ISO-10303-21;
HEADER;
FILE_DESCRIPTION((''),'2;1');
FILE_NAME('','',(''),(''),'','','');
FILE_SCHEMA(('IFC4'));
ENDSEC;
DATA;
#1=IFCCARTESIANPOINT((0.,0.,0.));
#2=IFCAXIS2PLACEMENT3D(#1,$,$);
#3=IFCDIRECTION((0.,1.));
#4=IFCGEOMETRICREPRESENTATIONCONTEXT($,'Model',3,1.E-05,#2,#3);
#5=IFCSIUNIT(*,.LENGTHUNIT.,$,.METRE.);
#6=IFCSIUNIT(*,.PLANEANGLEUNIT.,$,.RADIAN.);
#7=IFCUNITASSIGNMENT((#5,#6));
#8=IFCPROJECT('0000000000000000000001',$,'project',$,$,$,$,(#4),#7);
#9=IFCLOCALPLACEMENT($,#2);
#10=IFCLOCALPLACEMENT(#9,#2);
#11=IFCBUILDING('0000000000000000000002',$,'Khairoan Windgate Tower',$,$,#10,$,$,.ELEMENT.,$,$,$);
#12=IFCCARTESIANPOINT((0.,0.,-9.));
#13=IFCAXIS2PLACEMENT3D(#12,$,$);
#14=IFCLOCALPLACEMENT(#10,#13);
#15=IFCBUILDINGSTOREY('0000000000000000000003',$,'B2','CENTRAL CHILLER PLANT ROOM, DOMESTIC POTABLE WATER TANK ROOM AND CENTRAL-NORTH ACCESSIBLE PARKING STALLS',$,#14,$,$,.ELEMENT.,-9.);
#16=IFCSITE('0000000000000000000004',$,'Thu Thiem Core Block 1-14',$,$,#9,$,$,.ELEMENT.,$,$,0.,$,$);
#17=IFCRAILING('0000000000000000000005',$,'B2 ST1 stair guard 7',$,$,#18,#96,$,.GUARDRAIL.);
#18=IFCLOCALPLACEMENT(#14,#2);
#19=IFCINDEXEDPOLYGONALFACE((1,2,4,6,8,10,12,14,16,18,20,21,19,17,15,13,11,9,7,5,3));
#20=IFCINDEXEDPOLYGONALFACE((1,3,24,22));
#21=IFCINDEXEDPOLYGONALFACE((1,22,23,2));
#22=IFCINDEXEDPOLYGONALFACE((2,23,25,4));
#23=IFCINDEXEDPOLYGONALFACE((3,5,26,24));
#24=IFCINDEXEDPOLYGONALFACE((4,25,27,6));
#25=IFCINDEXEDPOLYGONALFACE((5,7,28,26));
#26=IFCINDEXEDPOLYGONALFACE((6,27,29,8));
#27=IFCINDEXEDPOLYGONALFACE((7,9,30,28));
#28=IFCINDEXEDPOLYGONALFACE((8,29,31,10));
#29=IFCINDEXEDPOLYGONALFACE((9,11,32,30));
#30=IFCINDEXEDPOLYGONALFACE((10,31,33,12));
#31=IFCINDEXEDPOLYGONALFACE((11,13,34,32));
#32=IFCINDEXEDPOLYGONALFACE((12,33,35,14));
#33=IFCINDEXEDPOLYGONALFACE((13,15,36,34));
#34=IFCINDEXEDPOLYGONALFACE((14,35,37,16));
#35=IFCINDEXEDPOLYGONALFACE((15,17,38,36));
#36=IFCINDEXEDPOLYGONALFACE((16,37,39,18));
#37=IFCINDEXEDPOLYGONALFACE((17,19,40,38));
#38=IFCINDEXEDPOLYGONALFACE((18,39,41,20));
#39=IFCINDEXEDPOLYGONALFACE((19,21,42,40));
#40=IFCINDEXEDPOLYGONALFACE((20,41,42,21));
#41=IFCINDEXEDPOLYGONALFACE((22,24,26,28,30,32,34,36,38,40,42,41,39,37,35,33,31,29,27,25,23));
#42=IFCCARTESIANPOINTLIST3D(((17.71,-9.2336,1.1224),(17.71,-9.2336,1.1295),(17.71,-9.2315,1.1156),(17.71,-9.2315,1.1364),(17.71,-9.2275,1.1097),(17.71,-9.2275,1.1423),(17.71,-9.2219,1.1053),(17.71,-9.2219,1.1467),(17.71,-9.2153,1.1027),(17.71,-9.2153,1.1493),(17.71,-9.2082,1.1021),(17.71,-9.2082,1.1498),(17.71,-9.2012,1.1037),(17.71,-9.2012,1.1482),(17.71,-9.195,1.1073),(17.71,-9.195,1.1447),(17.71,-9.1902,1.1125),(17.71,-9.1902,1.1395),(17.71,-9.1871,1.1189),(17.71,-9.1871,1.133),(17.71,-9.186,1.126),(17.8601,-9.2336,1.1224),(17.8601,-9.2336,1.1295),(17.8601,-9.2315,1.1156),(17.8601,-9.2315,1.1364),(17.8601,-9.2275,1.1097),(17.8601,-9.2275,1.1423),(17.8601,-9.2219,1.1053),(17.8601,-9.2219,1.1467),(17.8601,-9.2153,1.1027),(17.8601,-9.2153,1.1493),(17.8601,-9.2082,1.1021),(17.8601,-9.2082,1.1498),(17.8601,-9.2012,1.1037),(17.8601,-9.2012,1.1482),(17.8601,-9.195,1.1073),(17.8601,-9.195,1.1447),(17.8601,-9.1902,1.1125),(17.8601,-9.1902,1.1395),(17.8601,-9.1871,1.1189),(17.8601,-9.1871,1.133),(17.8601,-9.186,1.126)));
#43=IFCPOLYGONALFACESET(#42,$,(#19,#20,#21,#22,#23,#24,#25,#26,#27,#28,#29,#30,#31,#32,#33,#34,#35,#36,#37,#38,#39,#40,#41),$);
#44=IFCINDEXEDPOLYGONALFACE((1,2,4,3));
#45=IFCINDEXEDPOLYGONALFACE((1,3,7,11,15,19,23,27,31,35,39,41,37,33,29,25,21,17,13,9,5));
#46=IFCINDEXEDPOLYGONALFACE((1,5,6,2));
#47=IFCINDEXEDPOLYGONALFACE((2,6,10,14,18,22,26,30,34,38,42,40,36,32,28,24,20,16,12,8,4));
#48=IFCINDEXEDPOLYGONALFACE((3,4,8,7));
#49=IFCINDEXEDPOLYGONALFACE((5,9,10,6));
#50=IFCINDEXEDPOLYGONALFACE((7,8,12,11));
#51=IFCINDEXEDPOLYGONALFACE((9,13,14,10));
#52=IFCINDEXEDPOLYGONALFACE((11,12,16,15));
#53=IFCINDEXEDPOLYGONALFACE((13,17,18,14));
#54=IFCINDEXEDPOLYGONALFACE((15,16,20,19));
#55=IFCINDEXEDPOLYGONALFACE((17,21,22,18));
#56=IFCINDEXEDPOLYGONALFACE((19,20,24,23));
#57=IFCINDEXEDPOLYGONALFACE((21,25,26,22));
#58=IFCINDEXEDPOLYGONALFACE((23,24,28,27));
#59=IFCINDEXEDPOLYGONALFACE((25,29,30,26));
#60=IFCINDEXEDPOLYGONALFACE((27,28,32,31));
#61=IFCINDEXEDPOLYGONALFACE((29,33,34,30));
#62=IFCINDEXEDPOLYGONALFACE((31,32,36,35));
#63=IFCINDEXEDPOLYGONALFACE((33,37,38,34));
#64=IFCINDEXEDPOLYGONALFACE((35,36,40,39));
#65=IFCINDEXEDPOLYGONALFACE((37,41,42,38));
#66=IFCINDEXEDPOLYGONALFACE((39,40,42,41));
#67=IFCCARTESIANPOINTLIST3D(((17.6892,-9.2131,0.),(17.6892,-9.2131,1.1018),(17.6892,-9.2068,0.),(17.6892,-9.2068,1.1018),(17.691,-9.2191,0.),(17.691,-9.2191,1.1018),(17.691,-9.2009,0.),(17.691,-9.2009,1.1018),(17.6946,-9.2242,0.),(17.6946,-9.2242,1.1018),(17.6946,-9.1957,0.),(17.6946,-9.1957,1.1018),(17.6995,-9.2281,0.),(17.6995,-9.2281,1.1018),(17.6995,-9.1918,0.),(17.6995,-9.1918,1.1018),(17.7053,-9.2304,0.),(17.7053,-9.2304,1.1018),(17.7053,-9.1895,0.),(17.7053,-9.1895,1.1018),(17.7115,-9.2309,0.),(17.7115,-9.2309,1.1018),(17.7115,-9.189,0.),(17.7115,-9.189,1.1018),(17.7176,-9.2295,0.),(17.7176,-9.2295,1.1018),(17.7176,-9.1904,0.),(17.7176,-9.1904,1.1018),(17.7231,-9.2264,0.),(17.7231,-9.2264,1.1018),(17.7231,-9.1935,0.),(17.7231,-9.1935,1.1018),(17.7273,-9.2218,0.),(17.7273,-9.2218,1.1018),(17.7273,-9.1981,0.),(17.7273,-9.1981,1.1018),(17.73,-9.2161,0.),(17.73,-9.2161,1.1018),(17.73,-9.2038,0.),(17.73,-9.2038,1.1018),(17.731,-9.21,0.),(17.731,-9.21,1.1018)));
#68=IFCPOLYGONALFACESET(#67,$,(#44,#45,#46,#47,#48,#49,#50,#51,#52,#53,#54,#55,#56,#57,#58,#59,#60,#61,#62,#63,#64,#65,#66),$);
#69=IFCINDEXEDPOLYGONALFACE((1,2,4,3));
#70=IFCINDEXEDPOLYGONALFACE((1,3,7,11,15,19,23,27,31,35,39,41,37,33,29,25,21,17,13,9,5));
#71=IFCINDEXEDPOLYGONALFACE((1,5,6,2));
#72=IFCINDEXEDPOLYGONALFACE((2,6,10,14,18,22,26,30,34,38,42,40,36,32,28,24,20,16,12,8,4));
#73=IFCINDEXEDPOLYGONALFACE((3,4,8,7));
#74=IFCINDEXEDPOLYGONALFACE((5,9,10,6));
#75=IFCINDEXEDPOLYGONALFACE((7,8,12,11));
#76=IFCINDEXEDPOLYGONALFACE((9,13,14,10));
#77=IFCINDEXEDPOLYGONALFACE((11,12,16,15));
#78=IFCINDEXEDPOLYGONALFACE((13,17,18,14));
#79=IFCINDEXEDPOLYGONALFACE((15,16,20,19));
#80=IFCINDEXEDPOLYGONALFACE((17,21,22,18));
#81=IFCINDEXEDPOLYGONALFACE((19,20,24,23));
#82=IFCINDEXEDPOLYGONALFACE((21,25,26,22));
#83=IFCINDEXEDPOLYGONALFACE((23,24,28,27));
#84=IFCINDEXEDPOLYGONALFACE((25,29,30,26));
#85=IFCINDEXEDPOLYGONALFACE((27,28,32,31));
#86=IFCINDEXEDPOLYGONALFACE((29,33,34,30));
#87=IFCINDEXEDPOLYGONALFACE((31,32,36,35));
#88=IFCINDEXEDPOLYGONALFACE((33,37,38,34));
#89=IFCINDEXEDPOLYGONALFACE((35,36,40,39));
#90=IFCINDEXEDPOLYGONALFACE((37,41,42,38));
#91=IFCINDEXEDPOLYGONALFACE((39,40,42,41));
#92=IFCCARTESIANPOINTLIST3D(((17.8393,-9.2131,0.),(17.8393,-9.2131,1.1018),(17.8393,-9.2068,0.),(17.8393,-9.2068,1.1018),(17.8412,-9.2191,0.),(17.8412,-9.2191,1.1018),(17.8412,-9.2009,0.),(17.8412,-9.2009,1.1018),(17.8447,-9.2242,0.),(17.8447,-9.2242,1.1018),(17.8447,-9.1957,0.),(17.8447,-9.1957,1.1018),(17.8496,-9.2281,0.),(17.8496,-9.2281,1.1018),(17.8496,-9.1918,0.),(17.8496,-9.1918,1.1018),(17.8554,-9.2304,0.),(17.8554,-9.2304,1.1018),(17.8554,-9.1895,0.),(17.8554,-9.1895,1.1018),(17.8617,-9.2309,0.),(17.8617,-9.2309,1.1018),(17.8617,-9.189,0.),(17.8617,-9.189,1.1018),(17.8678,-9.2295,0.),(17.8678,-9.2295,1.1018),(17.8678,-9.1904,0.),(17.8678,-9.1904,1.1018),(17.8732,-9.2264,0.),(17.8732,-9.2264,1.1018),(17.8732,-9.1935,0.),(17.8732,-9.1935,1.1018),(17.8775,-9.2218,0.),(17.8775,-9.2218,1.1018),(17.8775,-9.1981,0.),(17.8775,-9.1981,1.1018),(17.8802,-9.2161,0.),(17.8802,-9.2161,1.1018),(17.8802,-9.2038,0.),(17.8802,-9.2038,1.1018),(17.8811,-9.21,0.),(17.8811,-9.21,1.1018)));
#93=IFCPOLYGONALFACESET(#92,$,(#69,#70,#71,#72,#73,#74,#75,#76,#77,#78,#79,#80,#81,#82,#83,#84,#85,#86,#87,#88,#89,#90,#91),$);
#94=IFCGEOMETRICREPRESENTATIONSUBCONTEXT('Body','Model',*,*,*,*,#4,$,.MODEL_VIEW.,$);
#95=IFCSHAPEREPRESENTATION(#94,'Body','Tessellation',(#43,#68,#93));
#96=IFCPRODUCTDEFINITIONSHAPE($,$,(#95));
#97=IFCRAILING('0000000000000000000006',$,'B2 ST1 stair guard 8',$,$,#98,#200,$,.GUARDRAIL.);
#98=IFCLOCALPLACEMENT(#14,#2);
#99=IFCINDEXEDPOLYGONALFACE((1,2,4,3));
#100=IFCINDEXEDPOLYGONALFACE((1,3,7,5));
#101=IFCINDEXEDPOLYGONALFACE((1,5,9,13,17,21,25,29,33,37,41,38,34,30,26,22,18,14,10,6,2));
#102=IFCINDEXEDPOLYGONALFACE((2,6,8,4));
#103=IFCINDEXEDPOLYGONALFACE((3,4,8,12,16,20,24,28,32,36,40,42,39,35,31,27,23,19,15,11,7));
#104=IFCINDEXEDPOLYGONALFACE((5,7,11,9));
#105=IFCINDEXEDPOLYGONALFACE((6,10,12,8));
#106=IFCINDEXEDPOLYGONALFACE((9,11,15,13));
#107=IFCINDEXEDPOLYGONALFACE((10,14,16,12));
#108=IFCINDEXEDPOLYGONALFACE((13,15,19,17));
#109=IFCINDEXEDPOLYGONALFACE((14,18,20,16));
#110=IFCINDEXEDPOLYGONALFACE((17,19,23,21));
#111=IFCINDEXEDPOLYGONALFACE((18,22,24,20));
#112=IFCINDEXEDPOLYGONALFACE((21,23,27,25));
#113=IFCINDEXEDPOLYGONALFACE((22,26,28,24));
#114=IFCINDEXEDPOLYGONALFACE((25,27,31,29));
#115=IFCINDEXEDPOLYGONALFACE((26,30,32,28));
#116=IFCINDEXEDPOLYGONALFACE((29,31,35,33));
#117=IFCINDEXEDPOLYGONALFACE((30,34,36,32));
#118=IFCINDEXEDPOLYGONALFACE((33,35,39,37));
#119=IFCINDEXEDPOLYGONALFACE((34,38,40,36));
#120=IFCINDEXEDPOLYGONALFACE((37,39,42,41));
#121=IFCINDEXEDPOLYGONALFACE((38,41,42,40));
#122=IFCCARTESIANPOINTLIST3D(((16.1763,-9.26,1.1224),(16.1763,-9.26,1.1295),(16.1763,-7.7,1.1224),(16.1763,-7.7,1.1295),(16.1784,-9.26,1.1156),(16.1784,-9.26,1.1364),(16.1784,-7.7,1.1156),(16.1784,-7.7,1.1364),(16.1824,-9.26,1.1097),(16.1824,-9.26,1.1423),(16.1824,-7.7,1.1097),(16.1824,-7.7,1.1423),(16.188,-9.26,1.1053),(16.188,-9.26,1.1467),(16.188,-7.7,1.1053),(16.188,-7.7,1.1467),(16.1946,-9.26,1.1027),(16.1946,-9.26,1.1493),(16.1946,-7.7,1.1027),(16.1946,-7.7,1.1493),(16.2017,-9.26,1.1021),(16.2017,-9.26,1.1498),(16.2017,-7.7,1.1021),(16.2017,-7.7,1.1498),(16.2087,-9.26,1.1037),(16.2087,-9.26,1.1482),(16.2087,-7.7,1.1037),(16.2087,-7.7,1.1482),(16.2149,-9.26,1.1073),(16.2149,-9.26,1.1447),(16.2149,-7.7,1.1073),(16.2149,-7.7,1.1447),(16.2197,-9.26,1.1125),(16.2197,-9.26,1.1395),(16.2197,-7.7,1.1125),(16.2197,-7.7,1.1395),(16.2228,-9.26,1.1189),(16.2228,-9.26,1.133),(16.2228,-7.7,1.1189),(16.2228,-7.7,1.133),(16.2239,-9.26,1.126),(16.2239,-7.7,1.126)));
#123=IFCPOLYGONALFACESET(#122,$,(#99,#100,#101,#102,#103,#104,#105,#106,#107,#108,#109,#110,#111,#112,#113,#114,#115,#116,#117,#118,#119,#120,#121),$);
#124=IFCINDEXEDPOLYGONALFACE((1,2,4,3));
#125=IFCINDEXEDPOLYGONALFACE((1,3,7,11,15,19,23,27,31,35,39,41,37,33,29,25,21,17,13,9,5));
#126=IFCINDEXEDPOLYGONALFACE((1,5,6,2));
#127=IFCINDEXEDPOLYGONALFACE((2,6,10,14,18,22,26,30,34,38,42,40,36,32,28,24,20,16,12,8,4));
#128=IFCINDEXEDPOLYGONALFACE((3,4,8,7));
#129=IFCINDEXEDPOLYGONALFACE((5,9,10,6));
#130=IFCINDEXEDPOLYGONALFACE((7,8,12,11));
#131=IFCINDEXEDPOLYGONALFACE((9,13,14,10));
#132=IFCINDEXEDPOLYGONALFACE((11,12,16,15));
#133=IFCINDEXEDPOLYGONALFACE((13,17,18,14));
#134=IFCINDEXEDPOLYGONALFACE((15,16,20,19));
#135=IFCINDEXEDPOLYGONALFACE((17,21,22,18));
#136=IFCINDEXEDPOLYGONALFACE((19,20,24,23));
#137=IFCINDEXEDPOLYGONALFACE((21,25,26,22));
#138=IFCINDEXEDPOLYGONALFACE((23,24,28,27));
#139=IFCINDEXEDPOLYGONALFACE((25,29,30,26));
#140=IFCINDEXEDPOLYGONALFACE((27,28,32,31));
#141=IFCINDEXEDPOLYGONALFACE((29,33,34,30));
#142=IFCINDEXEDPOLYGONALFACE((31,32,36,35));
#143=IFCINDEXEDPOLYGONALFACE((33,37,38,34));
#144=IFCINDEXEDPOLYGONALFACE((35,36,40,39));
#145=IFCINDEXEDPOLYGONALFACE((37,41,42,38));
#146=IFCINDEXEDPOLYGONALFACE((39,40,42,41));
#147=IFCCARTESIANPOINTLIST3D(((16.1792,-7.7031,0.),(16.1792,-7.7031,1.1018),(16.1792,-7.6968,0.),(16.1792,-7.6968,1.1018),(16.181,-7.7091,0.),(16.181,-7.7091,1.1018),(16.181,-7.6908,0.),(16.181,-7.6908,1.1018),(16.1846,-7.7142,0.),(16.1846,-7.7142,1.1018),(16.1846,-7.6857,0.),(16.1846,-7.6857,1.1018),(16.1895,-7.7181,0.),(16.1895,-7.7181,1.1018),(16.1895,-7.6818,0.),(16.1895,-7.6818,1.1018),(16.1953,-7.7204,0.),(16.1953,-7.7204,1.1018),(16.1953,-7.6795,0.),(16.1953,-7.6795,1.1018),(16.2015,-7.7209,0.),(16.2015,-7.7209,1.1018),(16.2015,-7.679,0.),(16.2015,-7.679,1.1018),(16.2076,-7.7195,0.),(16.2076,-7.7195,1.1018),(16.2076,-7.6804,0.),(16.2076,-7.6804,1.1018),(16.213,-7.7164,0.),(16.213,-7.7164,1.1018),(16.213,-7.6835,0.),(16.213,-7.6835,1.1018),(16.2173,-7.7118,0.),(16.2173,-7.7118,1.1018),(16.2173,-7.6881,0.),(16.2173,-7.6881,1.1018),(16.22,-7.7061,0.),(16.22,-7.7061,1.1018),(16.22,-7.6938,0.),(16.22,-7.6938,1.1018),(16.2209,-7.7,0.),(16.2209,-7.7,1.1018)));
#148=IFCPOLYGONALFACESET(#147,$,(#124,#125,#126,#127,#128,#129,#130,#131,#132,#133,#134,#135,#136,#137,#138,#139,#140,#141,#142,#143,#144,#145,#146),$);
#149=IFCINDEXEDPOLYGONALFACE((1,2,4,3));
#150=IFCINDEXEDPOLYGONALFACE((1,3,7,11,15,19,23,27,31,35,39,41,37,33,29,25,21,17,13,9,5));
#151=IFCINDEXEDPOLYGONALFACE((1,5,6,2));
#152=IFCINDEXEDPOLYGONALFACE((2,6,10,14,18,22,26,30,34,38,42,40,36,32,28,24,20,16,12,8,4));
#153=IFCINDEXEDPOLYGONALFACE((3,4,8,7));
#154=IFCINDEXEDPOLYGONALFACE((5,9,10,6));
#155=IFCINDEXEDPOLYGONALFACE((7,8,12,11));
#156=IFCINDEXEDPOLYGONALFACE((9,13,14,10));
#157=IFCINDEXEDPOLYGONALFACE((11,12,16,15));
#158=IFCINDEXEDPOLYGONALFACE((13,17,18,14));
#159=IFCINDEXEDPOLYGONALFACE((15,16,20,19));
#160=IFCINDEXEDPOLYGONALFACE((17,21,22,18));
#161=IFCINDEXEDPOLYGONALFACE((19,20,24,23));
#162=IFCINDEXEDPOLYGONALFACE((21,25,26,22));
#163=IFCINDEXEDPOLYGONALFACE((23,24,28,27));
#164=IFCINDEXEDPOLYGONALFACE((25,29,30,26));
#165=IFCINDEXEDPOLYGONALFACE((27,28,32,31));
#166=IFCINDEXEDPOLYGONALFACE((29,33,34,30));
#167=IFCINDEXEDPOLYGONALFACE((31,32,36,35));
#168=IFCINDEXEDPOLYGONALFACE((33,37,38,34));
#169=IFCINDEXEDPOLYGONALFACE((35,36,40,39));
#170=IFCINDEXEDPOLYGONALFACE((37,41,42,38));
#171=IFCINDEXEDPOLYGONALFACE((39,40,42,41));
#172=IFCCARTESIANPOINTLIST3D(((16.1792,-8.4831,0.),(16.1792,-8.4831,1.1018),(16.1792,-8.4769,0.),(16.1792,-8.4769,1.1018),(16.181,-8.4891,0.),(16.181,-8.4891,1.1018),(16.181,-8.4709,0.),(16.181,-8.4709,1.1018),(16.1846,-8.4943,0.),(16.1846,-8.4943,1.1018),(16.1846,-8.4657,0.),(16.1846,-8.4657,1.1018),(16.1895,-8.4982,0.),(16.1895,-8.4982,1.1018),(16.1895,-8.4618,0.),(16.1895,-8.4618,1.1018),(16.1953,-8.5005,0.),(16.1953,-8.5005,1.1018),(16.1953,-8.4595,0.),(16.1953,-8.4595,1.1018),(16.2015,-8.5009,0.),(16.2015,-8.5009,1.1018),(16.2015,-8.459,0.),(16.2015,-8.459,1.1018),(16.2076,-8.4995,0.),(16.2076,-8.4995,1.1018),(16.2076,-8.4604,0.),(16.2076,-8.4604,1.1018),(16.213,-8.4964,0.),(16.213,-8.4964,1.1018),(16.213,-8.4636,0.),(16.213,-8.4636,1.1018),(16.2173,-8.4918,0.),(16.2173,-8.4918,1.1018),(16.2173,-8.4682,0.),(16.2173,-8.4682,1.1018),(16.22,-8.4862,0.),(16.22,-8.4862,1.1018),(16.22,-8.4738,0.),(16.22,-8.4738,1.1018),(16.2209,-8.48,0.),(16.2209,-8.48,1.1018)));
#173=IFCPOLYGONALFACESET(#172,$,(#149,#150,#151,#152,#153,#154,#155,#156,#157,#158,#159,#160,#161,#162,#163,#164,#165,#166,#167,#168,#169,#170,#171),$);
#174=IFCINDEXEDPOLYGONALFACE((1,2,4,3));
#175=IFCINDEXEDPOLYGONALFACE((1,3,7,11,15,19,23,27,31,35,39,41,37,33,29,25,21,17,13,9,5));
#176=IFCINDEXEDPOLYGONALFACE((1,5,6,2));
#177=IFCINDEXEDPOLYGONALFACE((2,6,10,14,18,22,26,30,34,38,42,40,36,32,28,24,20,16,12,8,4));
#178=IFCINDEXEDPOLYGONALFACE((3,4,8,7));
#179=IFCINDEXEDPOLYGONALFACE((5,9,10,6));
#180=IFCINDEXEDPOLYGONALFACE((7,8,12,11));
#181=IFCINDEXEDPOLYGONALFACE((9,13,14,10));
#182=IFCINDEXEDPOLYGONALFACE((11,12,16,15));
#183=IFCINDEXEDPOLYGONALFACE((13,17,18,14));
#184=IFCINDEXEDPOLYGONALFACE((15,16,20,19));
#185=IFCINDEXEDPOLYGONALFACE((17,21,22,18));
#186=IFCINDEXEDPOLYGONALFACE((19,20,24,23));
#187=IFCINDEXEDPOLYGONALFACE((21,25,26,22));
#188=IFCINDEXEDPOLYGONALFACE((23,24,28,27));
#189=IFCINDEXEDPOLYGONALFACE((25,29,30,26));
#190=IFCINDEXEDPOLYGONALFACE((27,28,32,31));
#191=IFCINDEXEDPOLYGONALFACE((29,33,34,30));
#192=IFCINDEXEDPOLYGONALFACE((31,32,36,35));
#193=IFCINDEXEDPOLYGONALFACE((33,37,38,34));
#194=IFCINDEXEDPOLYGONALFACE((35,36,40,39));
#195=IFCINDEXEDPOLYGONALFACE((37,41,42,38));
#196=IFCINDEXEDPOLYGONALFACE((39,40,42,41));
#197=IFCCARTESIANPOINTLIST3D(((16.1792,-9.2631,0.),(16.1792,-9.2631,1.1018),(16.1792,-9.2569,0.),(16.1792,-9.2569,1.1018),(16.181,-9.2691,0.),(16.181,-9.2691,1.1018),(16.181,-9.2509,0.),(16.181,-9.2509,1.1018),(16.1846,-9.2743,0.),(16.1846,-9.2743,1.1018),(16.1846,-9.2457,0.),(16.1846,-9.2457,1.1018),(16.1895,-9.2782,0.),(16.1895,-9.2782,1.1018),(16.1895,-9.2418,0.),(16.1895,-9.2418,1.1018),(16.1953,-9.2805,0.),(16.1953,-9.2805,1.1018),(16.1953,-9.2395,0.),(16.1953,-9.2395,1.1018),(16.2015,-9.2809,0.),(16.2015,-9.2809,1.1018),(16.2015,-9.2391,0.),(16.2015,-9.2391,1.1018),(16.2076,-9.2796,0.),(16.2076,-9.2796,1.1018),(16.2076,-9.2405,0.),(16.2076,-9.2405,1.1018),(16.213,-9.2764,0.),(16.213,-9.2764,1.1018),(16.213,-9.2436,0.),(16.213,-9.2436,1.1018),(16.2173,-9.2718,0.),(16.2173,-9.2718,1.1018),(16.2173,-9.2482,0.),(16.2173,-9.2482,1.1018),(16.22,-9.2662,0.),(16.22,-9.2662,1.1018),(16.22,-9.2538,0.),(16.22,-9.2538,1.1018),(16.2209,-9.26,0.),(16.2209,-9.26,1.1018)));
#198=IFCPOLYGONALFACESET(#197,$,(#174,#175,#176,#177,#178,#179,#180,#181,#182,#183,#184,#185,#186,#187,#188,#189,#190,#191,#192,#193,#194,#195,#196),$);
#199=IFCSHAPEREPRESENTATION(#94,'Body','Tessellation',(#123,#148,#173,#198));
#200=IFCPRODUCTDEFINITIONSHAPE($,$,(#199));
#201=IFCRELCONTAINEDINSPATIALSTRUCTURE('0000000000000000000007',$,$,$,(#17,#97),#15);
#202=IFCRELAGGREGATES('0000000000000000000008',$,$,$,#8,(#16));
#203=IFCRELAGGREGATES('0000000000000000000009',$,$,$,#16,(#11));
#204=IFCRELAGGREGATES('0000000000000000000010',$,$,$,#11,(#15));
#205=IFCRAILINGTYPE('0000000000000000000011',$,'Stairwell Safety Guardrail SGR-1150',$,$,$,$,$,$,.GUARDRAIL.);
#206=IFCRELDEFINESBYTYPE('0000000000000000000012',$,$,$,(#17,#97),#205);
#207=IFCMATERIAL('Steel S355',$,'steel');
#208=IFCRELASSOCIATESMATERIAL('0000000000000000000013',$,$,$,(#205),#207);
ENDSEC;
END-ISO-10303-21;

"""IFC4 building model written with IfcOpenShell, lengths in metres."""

from ifc_helpers import new_model, si_unit, direction, frame, origin, origin_2d, place, context, subcontext, project, spatial, circle, extrude, material, type_object, element, save


model = new_model("IFC4")

# Units and contexts
model_context = context("Model", 3, precision=1e-05, world=origin(), true_north=direction((0.0, 1.0)))
body_context = subcontext(model_context, "Body", "Model", "MODEL_VIEW")
ifc_project = project(units=[si_unit("LENGTHUNIT", "METRE"), si_unit("PLANEANGLEUNIT", "RADIAN")], contexts=[model_context])

# Site, building, storey
site_placement = place(None, origin())
site = spatial("IfcSite", under=ifc_project, at=site_placement, Name="Thu Thiem Core Block 1-14", CompositionType="ELEMENT", RefElevation=0.0)
building_placement = place(site_placement, origin())
building = spatial("IfcBuilding", under=site, at=building_placement, Name="Khairoan Windgate Tower", CompositionType="ELEMENT")
storey_placement = place(building_placement, frame((0.0, 0.0, -9.0)))
storey = spatial("IfcBuildingStorey", under=building, at=storey_placement, Name="B2", Description="CENTRAL CHILLER PLANT ROOM, DOMESTIC POTABLE WATER TANK ROOM AND CENTRAL-NORTH ACCESSIBLE PARKING STALLS", CompositionType="ELEMENT", Elevation=-9.0)

# Railings
ifc_material_1 = material(Name="Steel S355", Category="steel")
railing_type_1 = type_object("IfcRailingType", Name="Stairwell Safety Guardrail SGR-1150", PredefinedType="GUARDRAIL", material=ifc_material_1)
railing_1_placement = place(storey_placement, frame((17.71, -9.21, 0.0)))
element("IfcRailing", 1, at=railing_1_placement, inside=storey, type_object=railing_type_1, Name="B2 ST1 stair guard 7", PredefinedType="GUARDRAIL", context=body_context, shape_type="SweptSolid", body=[
    extrude(circle(Radius=0.0239, at=origin_2d()), frame((0.0, 0.0, 1.126), z_axis=(1.0, 0.0, 0.0), x_axis=(0.0, 1.0, 0.0)), (0.0, 0.0, 1.0), 0.1501),
    extrude(circle(Radius=0.021, at=origin_2d()), origin(), (0.0, 0.0, 1.0), 1.1018),
    extrude(circle(Radius=0.021, at=origin_2d()), frame((0.1501, 0.0, 0.0)), (0.0, 0.0, 1.0), 1.1018),
])
for number, where, name in (
    (2, (16.2, -7.7, 0.0), "B2 ST1 stair guard 8"),
):
    element("IfcRailing", number, at=place(storey_placement, frame(where)), inside=storey, type_object=railing_type_1, Name=name, PredefinedType="GUARDRAIL", context=body_context, shape_type="SweptSolid", body=[
        extrude(circle(Radius=0.0239, at=origin_2d()), frame((0.0, 0.0, 1.126), z_axis=(0.0, -1.0, 0.0), x_axis=(1.0, 0.0, 0.0)), (0.0, 0.0, 1.0), 1.5601),
        extrude(circle(Radius=0.021, at=origin_2d()), origin(), (0.0, 0.0, 1.0), 1.1018),
        extrude(circle(Radius=0.021, at=origin_2d()), frame((0.0, -0.78, 0.0)), (0.0, 0.0, 1.0), 1.1018),
        extrude(circle(Radius=0.021, at=origin_2d()), frame((0.0, -1.5601, 0.0)), (0.0, 0.0, 1.0), 1.1018),
    ])

save(model, "model.ifc")
